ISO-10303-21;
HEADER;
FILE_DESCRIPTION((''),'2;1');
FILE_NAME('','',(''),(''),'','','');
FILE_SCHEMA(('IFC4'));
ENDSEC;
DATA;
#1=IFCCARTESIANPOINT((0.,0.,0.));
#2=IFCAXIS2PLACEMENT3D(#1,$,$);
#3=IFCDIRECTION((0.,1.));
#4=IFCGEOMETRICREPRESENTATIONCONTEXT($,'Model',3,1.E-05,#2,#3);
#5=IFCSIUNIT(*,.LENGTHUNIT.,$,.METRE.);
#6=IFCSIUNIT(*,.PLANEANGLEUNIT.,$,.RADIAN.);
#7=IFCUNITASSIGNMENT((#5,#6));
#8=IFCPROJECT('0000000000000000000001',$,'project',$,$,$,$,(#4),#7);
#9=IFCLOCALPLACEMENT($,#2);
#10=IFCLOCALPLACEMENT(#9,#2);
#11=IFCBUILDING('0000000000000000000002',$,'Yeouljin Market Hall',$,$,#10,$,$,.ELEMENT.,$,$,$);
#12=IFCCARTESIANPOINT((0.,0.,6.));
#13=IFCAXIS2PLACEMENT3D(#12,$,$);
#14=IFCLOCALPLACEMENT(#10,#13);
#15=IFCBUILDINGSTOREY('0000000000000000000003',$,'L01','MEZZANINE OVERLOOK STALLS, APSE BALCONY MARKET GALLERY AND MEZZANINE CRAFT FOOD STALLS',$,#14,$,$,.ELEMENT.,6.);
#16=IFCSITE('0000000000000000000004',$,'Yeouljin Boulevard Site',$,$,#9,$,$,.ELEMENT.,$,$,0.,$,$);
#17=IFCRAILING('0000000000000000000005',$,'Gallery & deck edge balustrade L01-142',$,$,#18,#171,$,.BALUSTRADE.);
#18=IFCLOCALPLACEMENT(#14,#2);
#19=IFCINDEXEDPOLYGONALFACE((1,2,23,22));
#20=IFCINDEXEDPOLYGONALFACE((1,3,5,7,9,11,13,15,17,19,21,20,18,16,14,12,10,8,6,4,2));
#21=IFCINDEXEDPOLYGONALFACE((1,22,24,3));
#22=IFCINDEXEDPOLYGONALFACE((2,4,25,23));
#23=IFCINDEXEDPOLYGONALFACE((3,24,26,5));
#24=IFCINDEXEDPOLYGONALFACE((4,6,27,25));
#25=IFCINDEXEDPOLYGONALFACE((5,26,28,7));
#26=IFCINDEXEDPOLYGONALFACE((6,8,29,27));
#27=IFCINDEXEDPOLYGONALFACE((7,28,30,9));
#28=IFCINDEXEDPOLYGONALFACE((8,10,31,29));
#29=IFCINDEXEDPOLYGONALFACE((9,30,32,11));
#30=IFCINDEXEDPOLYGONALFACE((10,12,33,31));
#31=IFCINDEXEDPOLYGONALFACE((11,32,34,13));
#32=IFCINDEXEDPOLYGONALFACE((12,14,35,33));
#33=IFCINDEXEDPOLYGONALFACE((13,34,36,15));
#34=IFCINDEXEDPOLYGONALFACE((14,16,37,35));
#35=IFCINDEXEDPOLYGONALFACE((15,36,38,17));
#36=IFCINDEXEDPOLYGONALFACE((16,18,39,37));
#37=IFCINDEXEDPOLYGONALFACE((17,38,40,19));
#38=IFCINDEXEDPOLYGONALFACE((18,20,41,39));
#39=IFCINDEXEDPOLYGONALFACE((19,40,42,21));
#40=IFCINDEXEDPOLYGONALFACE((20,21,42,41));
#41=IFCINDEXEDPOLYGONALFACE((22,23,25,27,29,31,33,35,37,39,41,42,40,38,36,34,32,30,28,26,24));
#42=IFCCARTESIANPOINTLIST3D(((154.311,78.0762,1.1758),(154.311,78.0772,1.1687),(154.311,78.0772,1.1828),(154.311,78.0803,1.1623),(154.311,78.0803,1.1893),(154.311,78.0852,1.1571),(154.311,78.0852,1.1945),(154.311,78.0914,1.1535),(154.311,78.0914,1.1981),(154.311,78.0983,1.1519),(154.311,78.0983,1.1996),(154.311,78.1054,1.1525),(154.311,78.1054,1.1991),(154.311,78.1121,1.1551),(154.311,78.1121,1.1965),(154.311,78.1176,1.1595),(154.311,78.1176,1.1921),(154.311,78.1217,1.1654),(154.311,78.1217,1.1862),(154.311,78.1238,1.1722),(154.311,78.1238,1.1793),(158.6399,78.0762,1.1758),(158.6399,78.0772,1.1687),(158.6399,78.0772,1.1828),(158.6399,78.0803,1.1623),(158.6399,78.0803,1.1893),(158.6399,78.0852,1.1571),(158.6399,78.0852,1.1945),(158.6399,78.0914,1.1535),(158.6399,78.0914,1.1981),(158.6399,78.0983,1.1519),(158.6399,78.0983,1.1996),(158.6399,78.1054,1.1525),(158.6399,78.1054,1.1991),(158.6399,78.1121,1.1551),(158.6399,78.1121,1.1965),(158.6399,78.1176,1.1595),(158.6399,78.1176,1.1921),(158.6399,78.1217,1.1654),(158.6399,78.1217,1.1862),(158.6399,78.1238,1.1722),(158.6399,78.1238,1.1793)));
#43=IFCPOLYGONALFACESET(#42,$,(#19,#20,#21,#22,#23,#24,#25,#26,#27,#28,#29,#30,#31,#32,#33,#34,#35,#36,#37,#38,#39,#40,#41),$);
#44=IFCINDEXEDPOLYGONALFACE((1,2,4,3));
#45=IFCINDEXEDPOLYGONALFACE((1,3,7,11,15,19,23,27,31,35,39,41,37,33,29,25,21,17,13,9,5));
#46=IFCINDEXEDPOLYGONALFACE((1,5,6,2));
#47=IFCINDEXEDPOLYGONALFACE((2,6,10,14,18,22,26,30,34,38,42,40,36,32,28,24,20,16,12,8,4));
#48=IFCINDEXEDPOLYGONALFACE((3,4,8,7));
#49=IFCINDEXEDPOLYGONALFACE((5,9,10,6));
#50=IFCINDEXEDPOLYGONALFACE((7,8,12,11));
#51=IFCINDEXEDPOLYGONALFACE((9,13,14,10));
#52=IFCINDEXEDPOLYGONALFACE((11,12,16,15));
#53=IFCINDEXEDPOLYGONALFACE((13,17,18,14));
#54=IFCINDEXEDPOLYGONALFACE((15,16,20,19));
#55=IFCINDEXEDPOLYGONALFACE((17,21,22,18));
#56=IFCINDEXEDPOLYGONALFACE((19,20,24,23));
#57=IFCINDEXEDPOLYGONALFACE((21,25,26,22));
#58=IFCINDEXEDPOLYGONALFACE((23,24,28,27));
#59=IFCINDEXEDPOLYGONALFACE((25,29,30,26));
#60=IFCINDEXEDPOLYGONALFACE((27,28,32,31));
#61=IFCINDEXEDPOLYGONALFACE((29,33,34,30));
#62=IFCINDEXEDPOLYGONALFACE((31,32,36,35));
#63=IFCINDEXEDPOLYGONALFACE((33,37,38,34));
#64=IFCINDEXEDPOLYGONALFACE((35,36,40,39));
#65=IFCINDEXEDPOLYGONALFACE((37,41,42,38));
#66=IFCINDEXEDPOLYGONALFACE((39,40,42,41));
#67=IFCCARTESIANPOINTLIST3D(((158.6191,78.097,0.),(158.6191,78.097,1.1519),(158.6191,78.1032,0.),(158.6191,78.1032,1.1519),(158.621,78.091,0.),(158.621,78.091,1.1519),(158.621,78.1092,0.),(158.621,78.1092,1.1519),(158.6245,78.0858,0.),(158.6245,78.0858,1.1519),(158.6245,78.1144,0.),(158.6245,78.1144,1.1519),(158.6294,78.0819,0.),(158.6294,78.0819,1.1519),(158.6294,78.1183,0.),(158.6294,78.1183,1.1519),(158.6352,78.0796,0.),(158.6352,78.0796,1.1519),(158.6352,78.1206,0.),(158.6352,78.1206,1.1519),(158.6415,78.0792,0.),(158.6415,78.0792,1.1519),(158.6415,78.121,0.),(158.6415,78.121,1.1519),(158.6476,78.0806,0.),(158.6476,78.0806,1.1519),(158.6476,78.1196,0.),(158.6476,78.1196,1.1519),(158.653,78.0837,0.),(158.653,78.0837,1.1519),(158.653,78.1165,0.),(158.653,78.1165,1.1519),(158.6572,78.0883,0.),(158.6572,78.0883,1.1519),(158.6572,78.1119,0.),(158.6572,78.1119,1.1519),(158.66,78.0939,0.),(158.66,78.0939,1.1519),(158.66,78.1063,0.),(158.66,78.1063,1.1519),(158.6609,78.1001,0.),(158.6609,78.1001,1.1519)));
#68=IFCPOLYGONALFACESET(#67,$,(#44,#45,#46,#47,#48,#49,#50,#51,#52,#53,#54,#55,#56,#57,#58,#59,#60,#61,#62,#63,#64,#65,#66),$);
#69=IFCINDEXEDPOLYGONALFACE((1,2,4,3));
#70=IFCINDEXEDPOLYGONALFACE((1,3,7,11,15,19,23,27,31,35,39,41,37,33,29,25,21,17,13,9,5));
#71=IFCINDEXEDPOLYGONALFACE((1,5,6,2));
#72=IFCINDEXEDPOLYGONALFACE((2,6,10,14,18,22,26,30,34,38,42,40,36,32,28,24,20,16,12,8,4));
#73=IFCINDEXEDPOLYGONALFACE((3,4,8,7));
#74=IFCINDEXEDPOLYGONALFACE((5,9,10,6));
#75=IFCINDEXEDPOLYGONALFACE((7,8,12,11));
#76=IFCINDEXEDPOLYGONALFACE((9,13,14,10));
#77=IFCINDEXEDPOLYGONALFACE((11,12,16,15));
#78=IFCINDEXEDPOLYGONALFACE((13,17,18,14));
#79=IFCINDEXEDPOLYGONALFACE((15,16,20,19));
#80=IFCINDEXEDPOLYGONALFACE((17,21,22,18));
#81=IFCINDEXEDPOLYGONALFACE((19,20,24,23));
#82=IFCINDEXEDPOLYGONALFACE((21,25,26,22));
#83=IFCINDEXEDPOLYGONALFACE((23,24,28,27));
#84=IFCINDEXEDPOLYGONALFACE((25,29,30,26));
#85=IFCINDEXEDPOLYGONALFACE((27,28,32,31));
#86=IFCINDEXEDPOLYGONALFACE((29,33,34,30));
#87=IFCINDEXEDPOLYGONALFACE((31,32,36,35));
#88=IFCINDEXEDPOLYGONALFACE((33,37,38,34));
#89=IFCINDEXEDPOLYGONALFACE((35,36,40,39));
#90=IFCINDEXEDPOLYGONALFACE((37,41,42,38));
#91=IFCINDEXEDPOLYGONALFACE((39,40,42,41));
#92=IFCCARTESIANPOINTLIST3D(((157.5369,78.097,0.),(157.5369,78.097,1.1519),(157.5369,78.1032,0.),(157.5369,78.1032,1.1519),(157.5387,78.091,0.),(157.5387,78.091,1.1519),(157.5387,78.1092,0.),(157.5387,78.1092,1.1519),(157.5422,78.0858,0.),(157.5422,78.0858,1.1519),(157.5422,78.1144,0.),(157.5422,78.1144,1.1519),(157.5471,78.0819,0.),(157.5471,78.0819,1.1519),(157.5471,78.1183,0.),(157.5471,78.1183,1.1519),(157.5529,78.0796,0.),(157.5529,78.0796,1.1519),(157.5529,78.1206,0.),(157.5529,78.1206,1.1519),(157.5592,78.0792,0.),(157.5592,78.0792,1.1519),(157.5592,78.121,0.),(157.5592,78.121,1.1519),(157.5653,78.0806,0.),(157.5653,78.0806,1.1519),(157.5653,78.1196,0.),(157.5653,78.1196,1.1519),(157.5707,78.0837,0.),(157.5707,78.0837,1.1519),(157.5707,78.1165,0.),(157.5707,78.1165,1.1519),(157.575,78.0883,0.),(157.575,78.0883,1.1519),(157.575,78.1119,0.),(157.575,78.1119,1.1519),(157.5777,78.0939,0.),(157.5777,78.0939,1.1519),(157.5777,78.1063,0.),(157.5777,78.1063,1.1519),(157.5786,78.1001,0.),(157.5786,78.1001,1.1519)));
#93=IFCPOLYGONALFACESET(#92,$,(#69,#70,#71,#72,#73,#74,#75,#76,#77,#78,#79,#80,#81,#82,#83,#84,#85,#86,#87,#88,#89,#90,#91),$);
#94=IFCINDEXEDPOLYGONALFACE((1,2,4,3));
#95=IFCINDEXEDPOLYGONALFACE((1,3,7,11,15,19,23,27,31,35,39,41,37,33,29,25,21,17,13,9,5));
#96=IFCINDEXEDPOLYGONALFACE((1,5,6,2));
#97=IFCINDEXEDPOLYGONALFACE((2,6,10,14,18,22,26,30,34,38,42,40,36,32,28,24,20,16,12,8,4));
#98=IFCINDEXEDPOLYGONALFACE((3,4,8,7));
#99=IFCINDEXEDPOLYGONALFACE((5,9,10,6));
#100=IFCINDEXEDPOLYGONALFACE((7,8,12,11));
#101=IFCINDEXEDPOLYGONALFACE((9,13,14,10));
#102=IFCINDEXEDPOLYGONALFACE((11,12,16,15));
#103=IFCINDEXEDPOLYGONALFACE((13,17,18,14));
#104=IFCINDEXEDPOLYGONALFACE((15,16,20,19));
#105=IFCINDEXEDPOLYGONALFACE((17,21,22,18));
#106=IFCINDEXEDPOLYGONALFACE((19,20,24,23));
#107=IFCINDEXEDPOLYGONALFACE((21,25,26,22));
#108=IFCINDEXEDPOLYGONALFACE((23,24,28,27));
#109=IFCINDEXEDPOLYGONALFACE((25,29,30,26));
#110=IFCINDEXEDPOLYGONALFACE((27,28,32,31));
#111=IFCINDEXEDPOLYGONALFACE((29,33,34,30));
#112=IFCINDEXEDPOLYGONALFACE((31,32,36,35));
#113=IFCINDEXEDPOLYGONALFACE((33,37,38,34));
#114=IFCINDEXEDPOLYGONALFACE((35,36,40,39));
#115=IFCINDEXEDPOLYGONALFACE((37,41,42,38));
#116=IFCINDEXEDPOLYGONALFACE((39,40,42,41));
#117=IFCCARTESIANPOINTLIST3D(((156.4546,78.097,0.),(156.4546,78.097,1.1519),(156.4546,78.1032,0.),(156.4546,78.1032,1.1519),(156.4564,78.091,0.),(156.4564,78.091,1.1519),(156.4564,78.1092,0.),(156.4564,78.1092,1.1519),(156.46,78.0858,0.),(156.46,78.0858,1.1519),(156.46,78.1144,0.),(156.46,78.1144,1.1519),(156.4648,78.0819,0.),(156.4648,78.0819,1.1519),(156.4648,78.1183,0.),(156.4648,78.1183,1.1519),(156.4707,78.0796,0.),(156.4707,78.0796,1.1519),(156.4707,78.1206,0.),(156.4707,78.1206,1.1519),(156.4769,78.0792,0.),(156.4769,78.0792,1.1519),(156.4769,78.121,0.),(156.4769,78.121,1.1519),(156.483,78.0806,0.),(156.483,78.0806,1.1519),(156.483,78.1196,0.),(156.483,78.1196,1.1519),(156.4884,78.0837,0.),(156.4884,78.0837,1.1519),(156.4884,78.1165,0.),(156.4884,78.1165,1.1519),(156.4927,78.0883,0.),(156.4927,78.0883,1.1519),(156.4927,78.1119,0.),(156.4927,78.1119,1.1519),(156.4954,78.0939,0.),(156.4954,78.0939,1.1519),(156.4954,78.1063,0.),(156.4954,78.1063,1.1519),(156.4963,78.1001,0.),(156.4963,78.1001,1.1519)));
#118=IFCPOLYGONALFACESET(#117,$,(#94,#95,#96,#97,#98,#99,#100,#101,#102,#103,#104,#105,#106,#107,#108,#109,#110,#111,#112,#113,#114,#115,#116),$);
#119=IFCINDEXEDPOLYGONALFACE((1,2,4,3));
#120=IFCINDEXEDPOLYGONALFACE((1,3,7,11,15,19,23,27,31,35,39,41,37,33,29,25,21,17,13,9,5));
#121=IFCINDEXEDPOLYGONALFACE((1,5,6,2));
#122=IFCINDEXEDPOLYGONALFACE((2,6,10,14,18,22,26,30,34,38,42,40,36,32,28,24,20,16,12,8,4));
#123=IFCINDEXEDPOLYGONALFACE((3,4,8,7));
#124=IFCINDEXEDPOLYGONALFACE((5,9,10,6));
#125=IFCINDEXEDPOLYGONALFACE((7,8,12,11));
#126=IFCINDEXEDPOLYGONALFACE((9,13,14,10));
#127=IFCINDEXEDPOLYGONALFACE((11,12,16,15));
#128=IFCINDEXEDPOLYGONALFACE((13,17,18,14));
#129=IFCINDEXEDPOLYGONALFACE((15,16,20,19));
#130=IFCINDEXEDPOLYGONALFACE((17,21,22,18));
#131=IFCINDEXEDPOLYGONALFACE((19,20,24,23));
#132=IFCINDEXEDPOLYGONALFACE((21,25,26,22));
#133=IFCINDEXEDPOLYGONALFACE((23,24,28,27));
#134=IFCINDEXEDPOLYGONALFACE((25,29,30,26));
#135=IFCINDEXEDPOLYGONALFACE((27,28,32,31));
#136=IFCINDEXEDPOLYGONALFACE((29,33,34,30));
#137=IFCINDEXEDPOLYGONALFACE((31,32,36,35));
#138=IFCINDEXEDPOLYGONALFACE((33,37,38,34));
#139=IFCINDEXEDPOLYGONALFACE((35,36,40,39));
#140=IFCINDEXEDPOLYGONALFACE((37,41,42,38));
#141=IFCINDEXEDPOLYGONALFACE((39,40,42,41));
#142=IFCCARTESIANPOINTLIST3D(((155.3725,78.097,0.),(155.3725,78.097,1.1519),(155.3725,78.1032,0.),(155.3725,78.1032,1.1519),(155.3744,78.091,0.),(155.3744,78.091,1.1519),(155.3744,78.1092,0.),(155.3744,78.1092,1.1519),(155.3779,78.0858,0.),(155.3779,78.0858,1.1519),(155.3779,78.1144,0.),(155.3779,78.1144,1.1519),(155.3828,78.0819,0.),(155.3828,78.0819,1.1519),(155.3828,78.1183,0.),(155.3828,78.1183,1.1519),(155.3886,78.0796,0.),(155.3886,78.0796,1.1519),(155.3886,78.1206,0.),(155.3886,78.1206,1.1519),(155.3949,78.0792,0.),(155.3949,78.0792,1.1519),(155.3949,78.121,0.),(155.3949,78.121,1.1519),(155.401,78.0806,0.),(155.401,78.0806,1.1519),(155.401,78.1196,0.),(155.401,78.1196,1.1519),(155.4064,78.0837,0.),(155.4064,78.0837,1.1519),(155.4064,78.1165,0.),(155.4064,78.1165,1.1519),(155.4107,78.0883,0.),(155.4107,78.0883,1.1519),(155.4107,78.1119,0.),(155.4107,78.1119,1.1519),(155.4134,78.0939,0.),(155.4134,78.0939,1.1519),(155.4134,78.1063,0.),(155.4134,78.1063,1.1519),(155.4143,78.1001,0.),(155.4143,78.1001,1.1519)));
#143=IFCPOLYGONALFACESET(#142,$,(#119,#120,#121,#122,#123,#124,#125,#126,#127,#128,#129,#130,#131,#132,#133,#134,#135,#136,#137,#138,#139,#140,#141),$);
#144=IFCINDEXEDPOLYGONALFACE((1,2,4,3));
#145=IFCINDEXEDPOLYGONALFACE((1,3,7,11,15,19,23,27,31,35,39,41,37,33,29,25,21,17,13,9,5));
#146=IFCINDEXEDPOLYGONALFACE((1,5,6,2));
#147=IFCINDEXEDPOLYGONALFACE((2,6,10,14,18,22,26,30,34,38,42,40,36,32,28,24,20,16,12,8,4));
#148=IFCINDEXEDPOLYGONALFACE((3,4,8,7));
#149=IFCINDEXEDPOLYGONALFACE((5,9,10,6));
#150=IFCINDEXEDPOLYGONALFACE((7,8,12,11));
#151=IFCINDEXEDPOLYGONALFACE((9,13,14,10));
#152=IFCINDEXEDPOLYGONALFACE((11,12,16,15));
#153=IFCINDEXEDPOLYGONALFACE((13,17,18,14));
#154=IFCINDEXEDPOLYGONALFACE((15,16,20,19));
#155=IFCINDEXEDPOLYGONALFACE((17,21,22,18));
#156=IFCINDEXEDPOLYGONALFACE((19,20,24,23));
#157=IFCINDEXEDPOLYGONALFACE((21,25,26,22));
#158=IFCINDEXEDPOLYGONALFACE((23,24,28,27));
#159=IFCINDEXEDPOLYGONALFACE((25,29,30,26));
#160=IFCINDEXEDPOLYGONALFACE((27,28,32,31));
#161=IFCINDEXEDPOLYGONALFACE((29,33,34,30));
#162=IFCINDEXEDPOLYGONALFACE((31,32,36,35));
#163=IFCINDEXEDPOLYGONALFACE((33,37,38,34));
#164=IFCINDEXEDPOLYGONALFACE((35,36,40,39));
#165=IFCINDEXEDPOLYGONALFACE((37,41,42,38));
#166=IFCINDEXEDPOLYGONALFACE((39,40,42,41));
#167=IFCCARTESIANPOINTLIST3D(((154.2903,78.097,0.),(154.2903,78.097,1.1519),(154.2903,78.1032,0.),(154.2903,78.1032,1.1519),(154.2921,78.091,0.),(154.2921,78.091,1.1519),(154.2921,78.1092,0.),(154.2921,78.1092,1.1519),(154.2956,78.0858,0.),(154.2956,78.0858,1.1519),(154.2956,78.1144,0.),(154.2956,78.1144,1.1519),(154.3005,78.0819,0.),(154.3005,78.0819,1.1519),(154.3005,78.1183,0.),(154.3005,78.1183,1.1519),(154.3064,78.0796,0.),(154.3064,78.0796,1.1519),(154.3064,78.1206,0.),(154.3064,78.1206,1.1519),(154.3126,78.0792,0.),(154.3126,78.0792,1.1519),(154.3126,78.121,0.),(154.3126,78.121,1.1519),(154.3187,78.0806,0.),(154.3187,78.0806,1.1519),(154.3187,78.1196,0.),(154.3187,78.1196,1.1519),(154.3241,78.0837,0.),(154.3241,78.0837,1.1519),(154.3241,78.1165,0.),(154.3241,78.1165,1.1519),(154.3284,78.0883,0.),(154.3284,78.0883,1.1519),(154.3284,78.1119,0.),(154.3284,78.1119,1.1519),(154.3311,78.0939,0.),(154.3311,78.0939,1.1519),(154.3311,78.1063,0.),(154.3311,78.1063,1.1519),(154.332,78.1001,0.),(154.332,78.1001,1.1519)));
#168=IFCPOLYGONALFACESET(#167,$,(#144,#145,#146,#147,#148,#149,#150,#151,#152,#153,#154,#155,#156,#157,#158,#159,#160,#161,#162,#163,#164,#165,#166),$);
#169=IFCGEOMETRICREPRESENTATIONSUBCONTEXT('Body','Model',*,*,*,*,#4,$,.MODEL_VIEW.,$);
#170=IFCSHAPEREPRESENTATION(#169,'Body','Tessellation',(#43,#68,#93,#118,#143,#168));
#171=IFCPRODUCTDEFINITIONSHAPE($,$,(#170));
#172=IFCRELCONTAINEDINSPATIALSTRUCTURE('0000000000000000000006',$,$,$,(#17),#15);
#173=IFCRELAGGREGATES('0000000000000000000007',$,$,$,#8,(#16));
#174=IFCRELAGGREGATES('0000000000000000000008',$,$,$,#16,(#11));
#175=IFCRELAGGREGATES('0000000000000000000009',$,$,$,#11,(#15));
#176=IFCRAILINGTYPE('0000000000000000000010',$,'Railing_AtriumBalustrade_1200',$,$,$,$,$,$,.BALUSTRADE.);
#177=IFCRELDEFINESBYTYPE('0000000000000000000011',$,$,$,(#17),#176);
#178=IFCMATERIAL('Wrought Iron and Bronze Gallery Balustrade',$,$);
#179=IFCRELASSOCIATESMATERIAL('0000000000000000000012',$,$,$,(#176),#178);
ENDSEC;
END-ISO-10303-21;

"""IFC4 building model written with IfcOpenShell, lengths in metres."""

from ifc_helpers import new_model, si_unit, direction, frame, origin, origin_2d, place, context, subcontext, project, spatial, circle, extrude, material, type_object, element, save


model = new_model("IFC4")

# Units and contexts
model_context = context("Model", 3, precision=1e-05, world=origin(), true_north=direction((0.0, 1.0)))
body_context = subcontext(model_context, "Body", "Model", "MODEL_VIEW")
ifc_project = project(units=[si_unit("LENGTHUNIT", "METRE"), si_unit("PLANEANGLEUNIT", "RADIAN")], contexts=[model_context])

# Site, building, storey
site_placement = place(None, origin())
site = spatial("IfcSite", under=ifc_project, at=site_placement, Name="Yeouljin Boulevard Site", CompositionType="ELEMENT", RefElevation=0.0)
building_placement = place(site_placement, origin())
building = spatial("IfcBuilding", under=site, at=building_placement, Name="Yeouljin Market Hall", CompositionType="ELEMENT")
storey_placement = place(building_placement, frame((0.0, 0.0, 6.0)))
storey = spatial("IfcBuildingStorey", under=building, at=storey_placement, Name="L01", Description="MEZZANINE OVERLOOK STALLS, APSE BALCONY MARKET GALLERY AND MEZZANINE CRAFT FOOD STALLS", CompositionType="ELEMENT", Elevation=6.0)

# Railing
ifc_material_1 = material(Name="Wrought Iron and Bronze Gallery Balustrade")
railing_type_1 = type_object("IfcRailingType", Name="Railing_AtriumBalustrade_1200", PredefinedType="BALUSTRADE", material=ifc_material_1)
railing_1_placement = place(storey_placement, frame((158.6399, 78.1001, 0.0)))
element("IfcRailing", 1, at=railing_1_placement, inside=storey, type_object=railing_type_1, Name="Gallery & deck edge balustrade L01-142", PredefinedType="BALUSTRADE", context=body_context, shape_type="SweptSolid", body=[
    extrude(circle(Radius=0.0239, at=origin_2d()), frame((0.0, 0.0, 1.1758), z_axis=(-1.0, 0.0, 0.0), x_axis=(0.0, -1.0, 0.0)), (0.0, 0.0, 1.0), 4.3289),
    extrude(circle(Radius=0.021, at=origin_2d()), origin(), (0.0, 0.0, 1.0), 1.1519),
    extrude(circle(Radius=0.021, at=origin_2d()), frame((-1.0823, 0.0, 0.0)), (0.0, 0.0, 1.0), 1.1519),
    extrude(circle(Radius=0.021, at=origin_2d()), frame((-2.1646, 0.0, 0.0)), (0.0, 0.0, 1.0), 1.1519),
    extrude(circle(Radius=0.021, at=origin_2d()), frame((-3.2466, 0.0, 0.0)), (0.0, 0.0, 1.0), 1.1519),
    extrude(circle(Radius=0.021, at=origin_2d()), frame((-4.3289, 0.0, 0.0)), (0.0, 0.0, 1.0), 1.1519),
])

save(model, "model.ifc")
